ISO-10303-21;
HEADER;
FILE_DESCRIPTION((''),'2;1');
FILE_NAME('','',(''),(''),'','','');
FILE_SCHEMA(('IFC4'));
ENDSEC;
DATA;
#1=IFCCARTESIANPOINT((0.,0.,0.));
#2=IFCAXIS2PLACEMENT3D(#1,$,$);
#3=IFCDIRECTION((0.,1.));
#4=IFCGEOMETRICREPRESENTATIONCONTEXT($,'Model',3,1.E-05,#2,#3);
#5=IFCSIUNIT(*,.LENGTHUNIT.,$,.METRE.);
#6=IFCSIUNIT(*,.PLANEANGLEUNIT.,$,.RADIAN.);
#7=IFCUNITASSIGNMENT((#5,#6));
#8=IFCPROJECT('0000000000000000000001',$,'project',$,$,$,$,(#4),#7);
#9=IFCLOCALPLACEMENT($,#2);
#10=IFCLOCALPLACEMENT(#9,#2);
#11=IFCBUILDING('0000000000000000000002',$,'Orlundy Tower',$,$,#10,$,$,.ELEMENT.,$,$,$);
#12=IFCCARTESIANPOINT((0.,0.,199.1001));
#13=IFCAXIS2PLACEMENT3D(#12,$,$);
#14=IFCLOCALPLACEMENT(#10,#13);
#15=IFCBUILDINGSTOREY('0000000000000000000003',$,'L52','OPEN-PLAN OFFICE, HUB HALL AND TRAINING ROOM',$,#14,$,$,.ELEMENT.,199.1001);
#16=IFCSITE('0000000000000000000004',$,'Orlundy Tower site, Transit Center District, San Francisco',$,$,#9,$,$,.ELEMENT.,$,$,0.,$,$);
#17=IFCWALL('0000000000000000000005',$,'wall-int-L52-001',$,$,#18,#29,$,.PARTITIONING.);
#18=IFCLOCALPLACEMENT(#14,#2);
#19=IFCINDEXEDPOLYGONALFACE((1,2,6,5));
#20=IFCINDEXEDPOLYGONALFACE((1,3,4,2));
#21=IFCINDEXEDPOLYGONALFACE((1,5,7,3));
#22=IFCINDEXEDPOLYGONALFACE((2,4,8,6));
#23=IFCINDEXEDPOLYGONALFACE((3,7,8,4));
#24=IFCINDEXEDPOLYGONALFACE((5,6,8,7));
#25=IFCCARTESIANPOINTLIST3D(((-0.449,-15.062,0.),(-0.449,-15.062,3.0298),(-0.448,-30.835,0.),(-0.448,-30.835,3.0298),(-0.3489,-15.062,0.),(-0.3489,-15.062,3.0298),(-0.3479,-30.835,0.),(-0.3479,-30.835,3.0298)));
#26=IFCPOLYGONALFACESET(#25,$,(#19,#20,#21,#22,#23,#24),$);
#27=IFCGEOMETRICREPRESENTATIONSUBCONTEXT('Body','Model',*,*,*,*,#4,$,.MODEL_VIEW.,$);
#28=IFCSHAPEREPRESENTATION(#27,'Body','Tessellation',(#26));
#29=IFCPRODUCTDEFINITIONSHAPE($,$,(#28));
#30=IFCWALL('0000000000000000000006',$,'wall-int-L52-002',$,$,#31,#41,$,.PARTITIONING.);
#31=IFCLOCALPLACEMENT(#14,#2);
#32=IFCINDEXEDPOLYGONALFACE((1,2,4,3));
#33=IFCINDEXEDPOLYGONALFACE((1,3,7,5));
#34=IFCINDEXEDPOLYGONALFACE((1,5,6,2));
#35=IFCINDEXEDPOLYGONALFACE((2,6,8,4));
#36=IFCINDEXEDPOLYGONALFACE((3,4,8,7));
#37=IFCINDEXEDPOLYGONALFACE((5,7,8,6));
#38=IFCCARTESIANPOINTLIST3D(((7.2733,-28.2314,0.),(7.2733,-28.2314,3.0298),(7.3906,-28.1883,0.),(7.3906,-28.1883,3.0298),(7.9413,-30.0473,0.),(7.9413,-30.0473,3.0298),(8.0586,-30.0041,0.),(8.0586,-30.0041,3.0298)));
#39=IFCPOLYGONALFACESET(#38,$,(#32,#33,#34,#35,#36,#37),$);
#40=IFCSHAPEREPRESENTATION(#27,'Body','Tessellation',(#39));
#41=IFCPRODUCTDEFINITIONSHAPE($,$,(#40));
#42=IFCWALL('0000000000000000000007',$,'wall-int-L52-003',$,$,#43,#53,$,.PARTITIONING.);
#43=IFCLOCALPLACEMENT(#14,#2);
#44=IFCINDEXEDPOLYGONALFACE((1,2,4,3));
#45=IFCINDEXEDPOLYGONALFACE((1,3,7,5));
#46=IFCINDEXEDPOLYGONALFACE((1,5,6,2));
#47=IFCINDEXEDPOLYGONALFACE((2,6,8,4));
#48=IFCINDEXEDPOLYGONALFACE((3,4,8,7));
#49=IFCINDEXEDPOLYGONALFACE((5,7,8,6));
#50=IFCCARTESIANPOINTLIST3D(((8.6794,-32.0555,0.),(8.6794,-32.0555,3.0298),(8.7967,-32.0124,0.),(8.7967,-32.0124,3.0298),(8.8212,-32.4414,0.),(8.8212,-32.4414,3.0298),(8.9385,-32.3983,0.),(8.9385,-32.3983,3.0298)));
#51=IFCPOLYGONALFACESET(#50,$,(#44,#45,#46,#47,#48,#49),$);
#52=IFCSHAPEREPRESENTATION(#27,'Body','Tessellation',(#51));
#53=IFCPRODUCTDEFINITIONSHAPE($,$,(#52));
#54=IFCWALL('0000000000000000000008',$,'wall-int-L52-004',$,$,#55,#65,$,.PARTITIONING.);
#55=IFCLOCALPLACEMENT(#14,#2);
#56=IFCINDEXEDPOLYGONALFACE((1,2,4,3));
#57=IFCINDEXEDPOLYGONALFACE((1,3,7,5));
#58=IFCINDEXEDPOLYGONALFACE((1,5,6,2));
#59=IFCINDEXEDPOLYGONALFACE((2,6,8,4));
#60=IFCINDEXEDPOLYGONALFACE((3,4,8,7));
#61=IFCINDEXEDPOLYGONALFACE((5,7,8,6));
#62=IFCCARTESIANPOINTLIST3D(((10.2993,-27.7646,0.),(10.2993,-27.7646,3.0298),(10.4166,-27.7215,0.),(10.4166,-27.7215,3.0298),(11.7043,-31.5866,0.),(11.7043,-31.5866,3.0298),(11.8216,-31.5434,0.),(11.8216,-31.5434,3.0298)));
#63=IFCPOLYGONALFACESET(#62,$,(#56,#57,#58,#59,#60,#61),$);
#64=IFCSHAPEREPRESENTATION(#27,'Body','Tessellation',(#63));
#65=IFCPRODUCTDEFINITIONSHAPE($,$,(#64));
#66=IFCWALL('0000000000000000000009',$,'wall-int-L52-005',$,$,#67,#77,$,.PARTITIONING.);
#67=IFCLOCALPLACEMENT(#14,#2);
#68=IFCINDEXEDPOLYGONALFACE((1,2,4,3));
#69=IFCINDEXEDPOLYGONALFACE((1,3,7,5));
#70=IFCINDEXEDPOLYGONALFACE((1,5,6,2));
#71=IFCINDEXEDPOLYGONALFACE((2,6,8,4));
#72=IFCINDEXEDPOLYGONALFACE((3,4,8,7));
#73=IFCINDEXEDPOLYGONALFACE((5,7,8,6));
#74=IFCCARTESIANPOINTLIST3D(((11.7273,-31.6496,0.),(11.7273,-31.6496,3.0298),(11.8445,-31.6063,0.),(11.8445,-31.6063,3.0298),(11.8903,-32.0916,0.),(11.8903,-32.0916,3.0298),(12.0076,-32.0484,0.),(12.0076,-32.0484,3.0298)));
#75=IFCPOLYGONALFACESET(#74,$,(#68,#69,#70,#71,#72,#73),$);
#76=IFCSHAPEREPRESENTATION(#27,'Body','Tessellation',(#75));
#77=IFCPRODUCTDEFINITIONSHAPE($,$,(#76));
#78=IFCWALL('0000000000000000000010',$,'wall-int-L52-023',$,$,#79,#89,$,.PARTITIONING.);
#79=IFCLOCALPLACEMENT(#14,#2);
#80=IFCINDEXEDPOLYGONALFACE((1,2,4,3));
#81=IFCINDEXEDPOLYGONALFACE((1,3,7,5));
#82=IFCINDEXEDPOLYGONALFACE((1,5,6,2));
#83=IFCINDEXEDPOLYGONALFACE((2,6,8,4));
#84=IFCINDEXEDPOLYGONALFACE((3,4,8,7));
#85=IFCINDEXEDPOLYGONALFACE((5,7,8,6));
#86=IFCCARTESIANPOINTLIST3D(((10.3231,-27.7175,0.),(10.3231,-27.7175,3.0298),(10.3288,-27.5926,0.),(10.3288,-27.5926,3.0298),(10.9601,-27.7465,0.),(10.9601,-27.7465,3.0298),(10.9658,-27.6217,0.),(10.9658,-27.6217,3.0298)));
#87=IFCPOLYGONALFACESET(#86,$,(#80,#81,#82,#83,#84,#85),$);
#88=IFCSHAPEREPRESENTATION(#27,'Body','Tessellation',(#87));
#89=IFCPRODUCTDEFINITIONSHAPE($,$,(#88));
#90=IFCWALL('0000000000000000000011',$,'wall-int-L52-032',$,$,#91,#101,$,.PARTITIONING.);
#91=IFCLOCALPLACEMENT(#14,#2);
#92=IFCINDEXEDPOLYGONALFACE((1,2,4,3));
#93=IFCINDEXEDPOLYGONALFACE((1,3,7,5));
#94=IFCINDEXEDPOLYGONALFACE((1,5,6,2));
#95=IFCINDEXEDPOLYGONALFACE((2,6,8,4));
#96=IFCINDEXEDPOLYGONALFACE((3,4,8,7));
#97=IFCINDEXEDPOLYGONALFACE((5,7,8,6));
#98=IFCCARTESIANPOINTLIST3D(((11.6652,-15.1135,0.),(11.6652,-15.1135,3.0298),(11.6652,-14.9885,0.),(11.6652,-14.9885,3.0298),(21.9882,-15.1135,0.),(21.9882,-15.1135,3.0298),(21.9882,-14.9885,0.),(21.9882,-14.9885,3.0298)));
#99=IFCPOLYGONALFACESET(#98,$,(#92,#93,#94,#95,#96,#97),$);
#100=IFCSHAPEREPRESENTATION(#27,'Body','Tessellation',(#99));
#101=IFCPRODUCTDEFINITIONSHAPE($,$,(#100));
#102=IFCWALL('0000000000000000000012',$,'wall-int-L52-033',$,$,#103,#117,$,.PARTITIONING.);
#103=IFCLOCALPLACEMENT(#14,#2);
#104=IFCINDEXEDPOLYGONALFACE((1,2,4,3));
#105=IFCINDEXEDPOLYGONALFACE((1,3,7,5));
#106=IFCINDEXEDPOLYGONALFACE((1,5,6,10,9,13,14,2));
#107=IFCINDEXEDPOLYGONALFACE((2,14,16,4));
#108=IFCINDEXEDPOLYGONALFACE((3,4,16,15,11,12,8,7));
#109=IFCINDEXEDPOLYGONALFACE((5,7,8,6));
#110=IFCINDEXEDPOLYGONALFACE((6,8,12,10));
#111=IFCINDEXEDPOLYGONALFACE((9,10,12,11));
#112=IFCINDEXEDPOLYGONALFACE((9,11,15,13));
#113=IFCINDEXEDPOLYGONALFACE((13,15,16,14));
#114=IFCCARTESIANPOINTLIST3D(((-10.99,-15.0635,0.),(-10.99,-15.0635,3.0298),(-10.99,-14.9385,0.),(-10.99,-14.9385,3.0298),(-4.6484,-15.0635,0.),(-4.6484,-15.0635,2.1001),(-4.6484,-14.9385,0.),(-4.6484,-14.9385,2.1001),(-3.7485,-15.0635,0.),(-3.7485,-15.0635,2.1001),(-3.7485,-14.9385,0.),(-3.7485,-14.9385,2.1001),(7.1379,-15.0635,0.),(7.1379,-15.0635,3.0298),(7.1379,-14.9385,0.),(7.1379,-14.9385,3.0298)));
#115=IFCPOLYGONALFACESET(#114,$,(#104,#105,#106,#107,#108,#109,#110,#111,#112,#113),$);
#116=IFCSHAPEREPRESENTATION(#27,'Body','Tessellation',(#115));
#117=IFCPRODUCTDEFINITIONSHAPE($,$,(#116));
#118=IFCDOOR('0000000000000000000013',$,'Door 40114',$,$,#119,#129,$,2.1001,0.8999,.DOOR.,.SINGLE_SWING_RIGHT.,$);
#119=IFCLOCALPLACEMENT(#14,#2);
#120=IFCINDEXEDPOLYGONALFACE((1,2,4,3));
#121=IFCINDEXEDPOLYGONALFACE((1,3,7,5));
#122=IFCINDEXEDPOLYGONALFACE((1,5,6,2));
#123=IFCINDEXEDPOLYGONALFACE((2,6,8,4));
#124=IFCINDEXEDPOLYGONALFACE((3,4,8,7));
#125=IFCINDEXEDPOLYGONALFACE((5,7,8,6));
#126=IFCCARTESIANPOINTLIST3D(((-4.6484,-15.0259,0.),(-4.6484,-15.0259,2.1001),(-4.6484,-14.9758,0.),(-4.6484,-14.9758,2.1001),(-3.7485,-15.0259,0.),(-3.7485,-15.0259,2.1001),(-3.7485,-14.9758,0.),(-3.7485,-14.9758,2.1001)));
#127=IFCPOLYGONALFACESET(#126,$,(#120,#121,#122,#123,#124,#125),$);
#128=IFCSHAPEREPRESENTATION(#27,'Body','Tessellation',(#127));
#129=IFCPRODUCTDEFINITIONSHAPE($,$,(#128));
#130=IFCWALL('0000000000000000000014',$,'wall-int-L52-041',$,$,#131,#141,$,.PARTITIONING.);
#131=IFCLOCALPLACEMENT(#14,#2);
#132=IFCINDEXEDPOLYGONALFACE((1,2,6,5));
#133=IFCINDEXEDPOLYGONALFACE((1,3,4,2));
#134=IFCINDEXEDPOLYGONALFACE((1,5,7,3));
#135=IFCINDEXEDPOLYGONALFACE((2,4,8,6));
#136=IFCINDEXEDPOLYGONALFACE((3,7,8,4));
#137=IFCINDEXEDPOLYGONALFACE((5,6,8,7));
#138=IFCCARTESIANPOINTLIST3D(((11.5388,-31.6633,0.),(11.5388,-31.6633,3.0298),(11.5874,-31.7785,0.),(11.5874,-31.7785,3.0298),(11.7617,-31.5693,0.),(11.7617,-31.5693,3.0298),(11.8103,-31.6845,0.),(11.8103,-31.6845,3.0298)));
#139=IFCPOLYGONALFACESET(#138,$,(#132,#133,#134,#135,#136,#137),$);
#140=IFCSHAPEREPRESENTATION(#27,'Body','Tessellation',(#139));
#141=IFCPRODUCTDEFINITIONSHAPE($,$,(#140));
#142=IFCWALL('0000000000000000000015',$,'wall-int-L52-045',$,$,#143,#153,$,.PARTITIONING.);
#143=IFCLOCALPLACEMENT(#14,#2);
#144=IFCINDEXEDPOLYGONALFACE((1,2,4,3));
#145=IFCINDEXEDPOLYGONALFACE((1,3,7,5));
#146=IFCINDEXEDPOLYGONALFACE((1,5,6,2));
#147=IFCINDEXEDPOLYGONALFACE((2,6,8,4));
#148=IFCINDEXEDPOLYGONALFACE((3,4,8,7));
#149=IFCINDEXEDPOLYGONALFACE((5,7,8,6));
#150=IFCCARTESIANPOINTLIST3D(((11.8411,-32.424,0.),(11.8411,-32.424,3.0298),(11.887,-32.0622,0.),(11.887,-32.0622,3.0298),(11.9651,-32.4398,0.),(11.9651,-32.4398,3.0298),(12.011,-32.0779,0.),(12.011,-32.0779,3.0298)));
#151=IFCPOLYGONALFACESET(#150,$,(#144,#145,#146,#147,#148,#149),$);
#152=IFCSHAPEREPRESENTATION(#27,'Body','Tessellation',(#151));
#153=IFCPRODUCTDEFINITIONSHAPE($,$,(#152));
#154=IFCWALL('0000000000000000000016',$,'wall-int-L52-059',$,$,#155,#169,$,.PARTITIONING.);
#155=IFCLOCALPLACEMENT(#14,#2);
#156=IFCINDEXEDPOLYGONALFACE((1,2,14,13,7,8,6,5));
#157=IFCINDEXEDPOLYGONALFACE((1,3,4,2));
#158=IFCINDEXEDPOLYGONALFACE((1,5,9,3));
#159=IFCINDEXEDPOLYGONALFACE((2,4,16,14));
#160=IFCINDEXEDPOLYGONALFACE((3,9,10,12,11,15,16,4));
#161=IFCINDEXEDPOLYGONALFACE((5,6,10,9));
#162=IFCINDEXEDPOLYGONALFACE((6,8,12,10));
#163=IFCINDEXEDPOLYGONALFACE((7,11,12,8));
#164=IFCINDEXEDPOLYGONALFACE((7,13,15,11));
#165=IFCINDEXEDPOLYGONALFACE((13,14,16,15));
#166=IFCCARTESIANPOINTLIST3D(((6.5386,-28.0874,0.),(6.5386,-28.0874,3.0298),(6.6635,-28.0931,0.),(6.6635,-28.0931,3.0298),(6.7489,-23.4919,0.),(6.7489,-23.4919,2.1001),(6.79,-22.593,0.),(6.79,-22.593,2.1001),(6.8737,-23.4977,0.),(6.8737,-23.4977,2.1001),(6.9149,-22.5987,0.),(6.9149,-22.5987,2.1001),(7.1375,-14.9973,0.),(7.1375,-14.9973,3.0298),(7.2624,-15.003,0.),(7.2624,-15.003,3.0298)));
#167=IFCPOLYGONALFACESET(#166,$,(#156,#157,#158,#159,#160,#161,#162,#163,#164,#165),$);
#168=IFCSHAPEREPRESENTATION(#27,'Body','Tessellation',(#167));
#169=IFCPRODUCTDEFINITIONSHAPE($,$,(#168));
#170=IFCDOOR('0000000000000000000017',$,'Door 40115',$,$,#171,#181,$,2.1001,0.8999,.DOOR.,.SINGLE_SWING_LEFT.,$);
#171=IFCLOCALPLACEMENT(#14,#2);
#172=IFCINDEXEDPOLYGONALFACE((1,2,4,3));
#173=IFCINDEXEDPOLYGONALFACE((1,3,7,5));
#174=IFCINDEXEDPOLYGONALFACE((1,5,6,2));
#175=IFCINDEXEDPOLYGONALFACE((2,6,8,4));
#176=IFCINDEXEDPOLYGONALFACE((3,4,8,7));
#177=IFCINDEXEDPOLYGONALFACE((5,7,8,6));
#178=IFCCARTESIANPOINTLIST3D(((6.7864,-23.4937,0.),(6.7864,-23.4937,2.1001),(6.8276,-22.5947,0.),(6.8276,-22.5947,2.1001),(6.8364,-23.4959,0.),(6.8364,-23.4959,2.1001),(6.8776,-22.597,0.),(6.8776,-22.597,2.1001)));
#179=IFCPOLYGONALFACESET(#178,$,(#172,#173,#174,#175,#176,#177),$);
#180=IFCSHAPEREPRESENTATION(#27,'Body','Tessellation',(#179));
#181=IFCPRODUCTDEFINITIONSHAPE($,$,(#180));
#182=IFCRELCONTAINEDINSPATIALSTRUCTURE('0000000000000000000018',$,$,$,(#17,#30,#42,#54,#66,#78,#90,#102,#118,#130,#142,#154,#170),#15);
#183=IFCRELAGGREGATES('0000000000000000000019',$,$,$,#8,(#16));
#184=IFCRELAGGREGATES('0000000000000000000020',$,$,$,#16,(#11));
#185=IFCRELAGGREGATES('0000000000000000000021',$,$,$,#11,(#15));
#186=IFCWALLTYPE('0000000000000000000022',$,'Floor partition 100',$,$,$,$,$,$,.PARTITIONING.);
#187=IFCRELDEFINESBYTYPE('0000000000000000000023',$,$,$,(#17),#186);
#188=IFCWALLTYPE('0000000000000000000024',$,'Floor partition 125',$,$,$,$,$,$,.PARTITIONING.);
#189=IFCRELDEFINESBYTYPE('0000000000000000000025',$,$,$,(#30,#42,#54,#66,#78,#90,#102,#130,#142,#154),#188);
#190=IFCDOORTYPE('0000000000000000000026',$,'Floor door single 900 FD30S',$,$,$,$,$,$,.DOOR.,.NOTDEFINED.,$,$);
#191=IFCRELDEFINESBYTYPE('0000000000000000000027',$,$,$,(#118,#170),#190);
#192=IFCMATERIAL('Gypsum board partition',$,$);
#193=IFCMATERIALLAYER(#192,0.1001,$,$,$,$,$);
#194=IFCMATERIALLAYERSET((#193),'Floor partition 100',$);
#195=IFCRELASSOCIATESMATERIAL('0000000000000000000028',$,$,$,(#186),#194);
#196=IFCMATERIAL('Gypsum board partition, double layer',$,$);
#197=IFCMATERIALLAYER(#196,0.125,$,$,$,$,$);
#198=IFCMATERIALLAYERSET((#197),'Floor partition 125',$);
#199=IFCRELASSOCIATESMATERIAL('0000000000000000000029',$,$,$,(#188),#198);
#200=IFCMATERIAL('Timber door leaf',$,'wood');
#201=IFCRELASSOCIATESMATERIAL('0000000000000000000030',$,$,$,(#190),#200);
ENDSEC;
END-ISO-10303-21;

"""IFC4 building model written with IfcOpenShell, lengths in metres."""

from ifc_helpers import new_model, si_unit, direction, frame, frame_2d, origin, place, context, subcontext, project, spatial, rectangle, extrude, material, layer, layer_set, type_object, element, fill, save


model = new_model("IFC4")

# Units and contexts
model_context = context("Model", 3, precision=1e-05, world=origin(), true_north=direction((0.0, 1.0)))
body_context = subcontext(model_context, "Body", "Model", "MODEL_VIEW")
ifc_project = project(units=[si_unit("LENGTHUNIT", "METRE"), si_unit("PLANEANGLEUNIT", "RADIAN")], contexts=[model_context])

# Site, building, storey
site_placement = place(None, origin())
site = spatial("IfcSite", under=ifc_project, at=site_placement, Name="Orlundy Tower site, Transit Center District, San Francisco", CompositionType="ELEMENT", RefElevation=0.0)
building_placement = place(site_placement, origin())
building = spatial("IfcBuilding", under=site, at=building_placement, Name="Orlundy Tower", CompositionType="ELEMENT")
storey_placement = place(building_placement, frame((0.0, 0.0, 199.1001)))
storey = spatial("IfcBuildingStorey", under=building, at=storey_placement, Name="L52", Description="OPEN-PLAN OFFICE, HUB HALL AND TRAINING ROOM", CompositionType="ELEMENT", Elevation=199.1001)

# Walls
ifc_material_1 = material(Name="Gypsum board partition")
ifc_layer_1 = layer(ifc_material_1, 0.1001)
ifc_layer_set_1 = layer_set([ifc_layer_1], Name="Floor partition 100")
wall_type_1 = type_object("IfcWallType", Name="Floor partition 100", PredefinedType="PARTITIONING", material=ifc_layer_set_1)
wall_1_placement = place(storey_placement, frame((-0.3989, -15.062, 0.0), z_axis=(0.0, 0.0, 1.0), x_axis=(0.000062, -1.0, 0.0)))
element("IfcWall", 1, at=wall_1_placement, inside=storey, type_object=wall_type_1, Name="wall-int-L52-001", PredefinedType="PARTITIONING", context=body_context, shape_type="SweptSolid", body=[
    extrude(rectangle(XDim=15.7729, YDim=0.1001, at=frame_2d((7.8865, 0.0))), origin(), (0.0, 0.0, 1.0), 3.0298),
])
ifc_material_2 = material(Name="Gypsum board partition, double layer")
ifc_layer_2 = layer(ifc_material_2, 0.125)
ifc_layer_set_2 = layer_set([ifc_layer_2], Name="Floor partition 125")
wall_type_2 = type_object("IfcWallType", Name="Floor partition 125", PredefinedType="PARTITIONING", material=ifc_layer_set_2)
wall_2_placement = place(storey_placement, frame((7.332, -28.21, 0.0), z_axis=(0.0, 0.0, 1.0), x_axis=(0.345226, -0.93852, 0.0)))
element("IfcWall", 2, at=wall_2_placement, inside=storey, type_object=wall_type_2, Name="wall-int-L52-002", PredefinedType="PARTITIONING", context=body_context, shape_type="SweptSolid", body=[
    extrude(rectangle(XDim=1.9348, YDim=0.125, at=frame_2d((0.9673, 0.0))), origin(), (0.0, 0.0, 1.0), 3.0298),
])
wall_3_placement = place(storey_placement, frame((8.738, -32.0339, 0.0), z_axis=(0.0, 0.0, 1.0), x_axis=(0.344935, -0.938627, 0.0)))
element("IfcWall", 3, at=wall_3_placement, inside=storey, type_object=wall_type_2, Name="wall-int-L52-003", PredefinedType="PARTITIONING", context=body_context, shape_type="SweptSolid", body=[
    extrude(rectangle(XDim=0.4111, YDim=0.125, at=frame_2d((0.2056, 0.0))), origin(), (0.0, 0.0, 1.0), 3.0298),
])
wall_4_placement = place(storey_placement, frame((10.3579, -27.7429, 0.0), z_axis=(0.0, 0.0, 1.0), x_axis=(0.345038, -0.938589, 0.0)))
element("IfcWall", 4, at=wall_4_placement, inside=storey, type_object=wall_type_2, Name="wall-int-L52-004", PredefinedType="PARTITIONING", context=body_context, shape_type="SweptSolid", body=[
    extrude(rectangle(XDim=4.072, YDim=0.125, at=frame_2d((2.0361, 0.0))), origin(), (0.0, 0.0, 1.0), 3.0298),
])
wall_5_placement = place(storey_placement, frame((11.7859, -31.6279, 0.0), z_axis=(0.0, 0.0, 1.0), x_axis=(0.346065, -0.93821, 0.0)))
element("IfcWall", 5, at=wall_5_placement, inside=storey, type_object=wall_type_2, Name="wall-int-L52-005", PredefinedType="PARTITIONING", context=body_context, shape_type="SweptSolid", body=[
    extrude(rectangle(XDim=0.4712, YDim=0.125, at=frame_2d((0.2356, 0.0))), origin(), (0.0, 0.0, 1.0), 3.0298),
])
wall_6_placement = place(storey_placement, frame((10.3259, -27.655, 0.0), z_axis=(0.0, 0.0, 1.0), x_axis=(0.998961, -0.045564, 0.0)))
element("IfcWall", 6, at=wall_6_placement, inside=storey, type_object=wall_type_2, Name="wall-int-L52-023", PredefinedType="PARTITIONING", context=body_context, shape_type="SweptSolid", body=[
    extrude(rectangle(XDim=0.6377, YDim=0.125, at=frame_2d((0.3188, 0.0))), origin(), (0.0, 0.0, 1.0), 3.0298),
])
wall_7_placement = place(storey_placement, frame((11.665, -15.051, 0.0), z_axis=(0.0, 0.0, 1.0), x_axis=(1.0, 0.0, 0.0)))
element("IfcWall", 7, at=wall_7_placement, inside=storey, type_object=wall_type_2, Name="wall-int-L52-032", PredefinedType="PARTITIONING", context=body_context, shape_type="SweptSolid", body=[
    extrude(rectangle(XDim=10.323, YDim=0.125, at=frame_2d((5.1616, 0.0))), origin(), (0.0, 0.0, 1.0), 3.0298),
])

# Wall, opening, door
wall_8_placement = place(storey_placement, frame((7.1379, -15.001, 0.0), z_axis=(0.0, 0.0, 1.0), x_axis=(-1.0, 0.0, 0.0)))
wall_8 = element("IfcWall", 8, at=wall_8_placement, inside=storey, type_object=wall_type_2, Name="wall-int-L52-033", PredefinedType="PARTITIONING", context=body_context, shape_type="SweptSolid", body=[
    extrude(rectangle(XDim=18.1279, YDim=0.125, at=frame_2d((9.064, 0.0))), origin(), (0.0, 0.0, 1.0), 3.0298),
])
opening_1_placement = place(wall_8_placement, frame((10.8865, 0.0, 0.0)))
opening_1 = element("IfcOpeningElement", 9, at=opening_1_placement, cuts=wall_8, PredefinedType="OPENING", context=body_context, shape_type="SweptSolid", body=[
    extrude(rectangle(XDim=0.8999, YDim=2.1001, at=frame_2d((0.45, 1.05))), frame((0.0, 0.0725, 0.0), z_axis=(0.0, -1.0, 0.0), x_axis=(1.0, 0.0, 0.0)), (0.0, 0.0, 1.0), 0.145),
])
ifc_material_3 = material(Name="Timber door leaf", Category="wood")
door_type_1 = type_object("IfcDoorType", Name="Floor door single 900 FD30S", OperationType="NOTDEFINED", PredefinedType="DOOR", material=ifc_material_3)
door_1_placement = place(opening_1_placement, origin())
door_1 = element("IfcDoor", 10, at=door_1_placement, inside=storey, type_object=door_type_1, Name="Door 40114", OperationType="SINGLE_SWING_RIGHT", OverallHeight=2.1001, OverallWidth=0.8999, PredefinedType="DOOR", context=body_context, shape_type="SweptSolid", body=[
    extrude(rectangle(XDim=0.8999, YDim=2.1001, at=frame_2d((0.45, 1.05))), frame((0.0, 0.0249, 0.0), z_axis=(0.0, -1.0, 0.0), x_axis=(1.0, 0.0, 0.0)), (0.0, 0.0, 1.0), 0.05),
])
fill(opening_1, door_1)

# Walls
wall_9_placement = place(storey_placement, frame((11.563, -31.7209, 0.0), z_axis=(0.0, 0.0, 1.0), x_axis=(0.921426, 0.388553, 0.0)))
element("IfcWall", 11, at=wall_9_placement, inside=storey, type_object=wall_type_2, Name="wall-int-L52-041", PredefinedType="PARTITIONING", context=body_context, shape_type="SweptSolid", body=[
    extrude(rectangle(XDim=0.2419, YDim=0.125, at=frame_2d((0.1211, 0.0))), origin(), (0.0, 0.0, 1.0), 3.0298),
])
wall_10_placement = place(storey_placement, frame((11.9031, -32.4319, 0.0), z_axis=(0.0, 0.0, 1.0), x_axis=(0.125847, 0.99205, 0.0)))
element("IfcWall", 12, at=wall_10_placement, inside=storey, type_object=wall_type_2, Name="wall-int-L52-045", PredefinedType="PARTITIONING", context=body_context, shape_type="SweptSolid", body=[
    extrude(rectangle(XDim=0.3647, YDim=0.125, at=frame_2d((0.1824, 0.0))), origin(), (0.0, 0.0, 1.0), 3.0298),
])

# Wall, opening, door
wall_11_placement = place(storey_placement, frame((6.6011, -28.0901, 0.0), z_axis=(0.0, 0.0, 1.0), x_axis=(0.045703, 0.998955, 0.0)))
wall_11 = element("IfcWall", 13, at=wall_11_placement, inside=storey, type_object=wall_type_2, Name="wall-int-L52-059", PredefinedType="PARTITIONING", context=body_context, shape_type="SweptSolid", body=[
    extrude(rectangle(XDim=13.1038, YDim=0.125, at=frame_2d((6.5518, 0.0))), origin(), (0.0, 0.0, 1.0), 3.0298),
])
opening_2_placement = place(wall_11_placement, frame((4.6001, 0.0, 0.0)))
opening_2 = element("IfcOpeningElement", 14, at=opening_2_placement, cuts=wall_11, PredefinedType="OPENING", context=body_context, shape_type="SweptSolid", body=[
    extrude(rectangle(XDim=0.8999, YDim=2.1001, at=frame_2d((0.45, 1.05))), frame((0.0, 0.0725, 0.0), z_axis=(0.0, -1.0, 0.0), x_axis=(1.0, 0.0, 0.0)), (0.0, 0.0, 1.0), 0.145),
])
door_2_placement = place(opening_2_placement, origin())
door_2 = element("IfcDoor", 15, at=door_2_placement, inside=storey, type_object=door_type_1, Name="Door 40115", OperationType="SINGLE_SWING_LEFT", OverallHeight=2.1001, OverallWidth=0.8999, PredefinedType="DOOR", context=body_context, shape_type="SweptSolid", body=[
    extrude(rectangle(XDim=0.8999, YDim=2.1001, at=frame_2d((0.45, 1.05))), frame((0.0, 0.0249, 0.0), z_axis=(0.0, -1.0, 0.0), x_axis=(1.0, 0.0, 0.0)), (0.0, 0.0, 1.0), 0.05),
])
fill(opening_2, door_2)

save(model, "model.ifc")
